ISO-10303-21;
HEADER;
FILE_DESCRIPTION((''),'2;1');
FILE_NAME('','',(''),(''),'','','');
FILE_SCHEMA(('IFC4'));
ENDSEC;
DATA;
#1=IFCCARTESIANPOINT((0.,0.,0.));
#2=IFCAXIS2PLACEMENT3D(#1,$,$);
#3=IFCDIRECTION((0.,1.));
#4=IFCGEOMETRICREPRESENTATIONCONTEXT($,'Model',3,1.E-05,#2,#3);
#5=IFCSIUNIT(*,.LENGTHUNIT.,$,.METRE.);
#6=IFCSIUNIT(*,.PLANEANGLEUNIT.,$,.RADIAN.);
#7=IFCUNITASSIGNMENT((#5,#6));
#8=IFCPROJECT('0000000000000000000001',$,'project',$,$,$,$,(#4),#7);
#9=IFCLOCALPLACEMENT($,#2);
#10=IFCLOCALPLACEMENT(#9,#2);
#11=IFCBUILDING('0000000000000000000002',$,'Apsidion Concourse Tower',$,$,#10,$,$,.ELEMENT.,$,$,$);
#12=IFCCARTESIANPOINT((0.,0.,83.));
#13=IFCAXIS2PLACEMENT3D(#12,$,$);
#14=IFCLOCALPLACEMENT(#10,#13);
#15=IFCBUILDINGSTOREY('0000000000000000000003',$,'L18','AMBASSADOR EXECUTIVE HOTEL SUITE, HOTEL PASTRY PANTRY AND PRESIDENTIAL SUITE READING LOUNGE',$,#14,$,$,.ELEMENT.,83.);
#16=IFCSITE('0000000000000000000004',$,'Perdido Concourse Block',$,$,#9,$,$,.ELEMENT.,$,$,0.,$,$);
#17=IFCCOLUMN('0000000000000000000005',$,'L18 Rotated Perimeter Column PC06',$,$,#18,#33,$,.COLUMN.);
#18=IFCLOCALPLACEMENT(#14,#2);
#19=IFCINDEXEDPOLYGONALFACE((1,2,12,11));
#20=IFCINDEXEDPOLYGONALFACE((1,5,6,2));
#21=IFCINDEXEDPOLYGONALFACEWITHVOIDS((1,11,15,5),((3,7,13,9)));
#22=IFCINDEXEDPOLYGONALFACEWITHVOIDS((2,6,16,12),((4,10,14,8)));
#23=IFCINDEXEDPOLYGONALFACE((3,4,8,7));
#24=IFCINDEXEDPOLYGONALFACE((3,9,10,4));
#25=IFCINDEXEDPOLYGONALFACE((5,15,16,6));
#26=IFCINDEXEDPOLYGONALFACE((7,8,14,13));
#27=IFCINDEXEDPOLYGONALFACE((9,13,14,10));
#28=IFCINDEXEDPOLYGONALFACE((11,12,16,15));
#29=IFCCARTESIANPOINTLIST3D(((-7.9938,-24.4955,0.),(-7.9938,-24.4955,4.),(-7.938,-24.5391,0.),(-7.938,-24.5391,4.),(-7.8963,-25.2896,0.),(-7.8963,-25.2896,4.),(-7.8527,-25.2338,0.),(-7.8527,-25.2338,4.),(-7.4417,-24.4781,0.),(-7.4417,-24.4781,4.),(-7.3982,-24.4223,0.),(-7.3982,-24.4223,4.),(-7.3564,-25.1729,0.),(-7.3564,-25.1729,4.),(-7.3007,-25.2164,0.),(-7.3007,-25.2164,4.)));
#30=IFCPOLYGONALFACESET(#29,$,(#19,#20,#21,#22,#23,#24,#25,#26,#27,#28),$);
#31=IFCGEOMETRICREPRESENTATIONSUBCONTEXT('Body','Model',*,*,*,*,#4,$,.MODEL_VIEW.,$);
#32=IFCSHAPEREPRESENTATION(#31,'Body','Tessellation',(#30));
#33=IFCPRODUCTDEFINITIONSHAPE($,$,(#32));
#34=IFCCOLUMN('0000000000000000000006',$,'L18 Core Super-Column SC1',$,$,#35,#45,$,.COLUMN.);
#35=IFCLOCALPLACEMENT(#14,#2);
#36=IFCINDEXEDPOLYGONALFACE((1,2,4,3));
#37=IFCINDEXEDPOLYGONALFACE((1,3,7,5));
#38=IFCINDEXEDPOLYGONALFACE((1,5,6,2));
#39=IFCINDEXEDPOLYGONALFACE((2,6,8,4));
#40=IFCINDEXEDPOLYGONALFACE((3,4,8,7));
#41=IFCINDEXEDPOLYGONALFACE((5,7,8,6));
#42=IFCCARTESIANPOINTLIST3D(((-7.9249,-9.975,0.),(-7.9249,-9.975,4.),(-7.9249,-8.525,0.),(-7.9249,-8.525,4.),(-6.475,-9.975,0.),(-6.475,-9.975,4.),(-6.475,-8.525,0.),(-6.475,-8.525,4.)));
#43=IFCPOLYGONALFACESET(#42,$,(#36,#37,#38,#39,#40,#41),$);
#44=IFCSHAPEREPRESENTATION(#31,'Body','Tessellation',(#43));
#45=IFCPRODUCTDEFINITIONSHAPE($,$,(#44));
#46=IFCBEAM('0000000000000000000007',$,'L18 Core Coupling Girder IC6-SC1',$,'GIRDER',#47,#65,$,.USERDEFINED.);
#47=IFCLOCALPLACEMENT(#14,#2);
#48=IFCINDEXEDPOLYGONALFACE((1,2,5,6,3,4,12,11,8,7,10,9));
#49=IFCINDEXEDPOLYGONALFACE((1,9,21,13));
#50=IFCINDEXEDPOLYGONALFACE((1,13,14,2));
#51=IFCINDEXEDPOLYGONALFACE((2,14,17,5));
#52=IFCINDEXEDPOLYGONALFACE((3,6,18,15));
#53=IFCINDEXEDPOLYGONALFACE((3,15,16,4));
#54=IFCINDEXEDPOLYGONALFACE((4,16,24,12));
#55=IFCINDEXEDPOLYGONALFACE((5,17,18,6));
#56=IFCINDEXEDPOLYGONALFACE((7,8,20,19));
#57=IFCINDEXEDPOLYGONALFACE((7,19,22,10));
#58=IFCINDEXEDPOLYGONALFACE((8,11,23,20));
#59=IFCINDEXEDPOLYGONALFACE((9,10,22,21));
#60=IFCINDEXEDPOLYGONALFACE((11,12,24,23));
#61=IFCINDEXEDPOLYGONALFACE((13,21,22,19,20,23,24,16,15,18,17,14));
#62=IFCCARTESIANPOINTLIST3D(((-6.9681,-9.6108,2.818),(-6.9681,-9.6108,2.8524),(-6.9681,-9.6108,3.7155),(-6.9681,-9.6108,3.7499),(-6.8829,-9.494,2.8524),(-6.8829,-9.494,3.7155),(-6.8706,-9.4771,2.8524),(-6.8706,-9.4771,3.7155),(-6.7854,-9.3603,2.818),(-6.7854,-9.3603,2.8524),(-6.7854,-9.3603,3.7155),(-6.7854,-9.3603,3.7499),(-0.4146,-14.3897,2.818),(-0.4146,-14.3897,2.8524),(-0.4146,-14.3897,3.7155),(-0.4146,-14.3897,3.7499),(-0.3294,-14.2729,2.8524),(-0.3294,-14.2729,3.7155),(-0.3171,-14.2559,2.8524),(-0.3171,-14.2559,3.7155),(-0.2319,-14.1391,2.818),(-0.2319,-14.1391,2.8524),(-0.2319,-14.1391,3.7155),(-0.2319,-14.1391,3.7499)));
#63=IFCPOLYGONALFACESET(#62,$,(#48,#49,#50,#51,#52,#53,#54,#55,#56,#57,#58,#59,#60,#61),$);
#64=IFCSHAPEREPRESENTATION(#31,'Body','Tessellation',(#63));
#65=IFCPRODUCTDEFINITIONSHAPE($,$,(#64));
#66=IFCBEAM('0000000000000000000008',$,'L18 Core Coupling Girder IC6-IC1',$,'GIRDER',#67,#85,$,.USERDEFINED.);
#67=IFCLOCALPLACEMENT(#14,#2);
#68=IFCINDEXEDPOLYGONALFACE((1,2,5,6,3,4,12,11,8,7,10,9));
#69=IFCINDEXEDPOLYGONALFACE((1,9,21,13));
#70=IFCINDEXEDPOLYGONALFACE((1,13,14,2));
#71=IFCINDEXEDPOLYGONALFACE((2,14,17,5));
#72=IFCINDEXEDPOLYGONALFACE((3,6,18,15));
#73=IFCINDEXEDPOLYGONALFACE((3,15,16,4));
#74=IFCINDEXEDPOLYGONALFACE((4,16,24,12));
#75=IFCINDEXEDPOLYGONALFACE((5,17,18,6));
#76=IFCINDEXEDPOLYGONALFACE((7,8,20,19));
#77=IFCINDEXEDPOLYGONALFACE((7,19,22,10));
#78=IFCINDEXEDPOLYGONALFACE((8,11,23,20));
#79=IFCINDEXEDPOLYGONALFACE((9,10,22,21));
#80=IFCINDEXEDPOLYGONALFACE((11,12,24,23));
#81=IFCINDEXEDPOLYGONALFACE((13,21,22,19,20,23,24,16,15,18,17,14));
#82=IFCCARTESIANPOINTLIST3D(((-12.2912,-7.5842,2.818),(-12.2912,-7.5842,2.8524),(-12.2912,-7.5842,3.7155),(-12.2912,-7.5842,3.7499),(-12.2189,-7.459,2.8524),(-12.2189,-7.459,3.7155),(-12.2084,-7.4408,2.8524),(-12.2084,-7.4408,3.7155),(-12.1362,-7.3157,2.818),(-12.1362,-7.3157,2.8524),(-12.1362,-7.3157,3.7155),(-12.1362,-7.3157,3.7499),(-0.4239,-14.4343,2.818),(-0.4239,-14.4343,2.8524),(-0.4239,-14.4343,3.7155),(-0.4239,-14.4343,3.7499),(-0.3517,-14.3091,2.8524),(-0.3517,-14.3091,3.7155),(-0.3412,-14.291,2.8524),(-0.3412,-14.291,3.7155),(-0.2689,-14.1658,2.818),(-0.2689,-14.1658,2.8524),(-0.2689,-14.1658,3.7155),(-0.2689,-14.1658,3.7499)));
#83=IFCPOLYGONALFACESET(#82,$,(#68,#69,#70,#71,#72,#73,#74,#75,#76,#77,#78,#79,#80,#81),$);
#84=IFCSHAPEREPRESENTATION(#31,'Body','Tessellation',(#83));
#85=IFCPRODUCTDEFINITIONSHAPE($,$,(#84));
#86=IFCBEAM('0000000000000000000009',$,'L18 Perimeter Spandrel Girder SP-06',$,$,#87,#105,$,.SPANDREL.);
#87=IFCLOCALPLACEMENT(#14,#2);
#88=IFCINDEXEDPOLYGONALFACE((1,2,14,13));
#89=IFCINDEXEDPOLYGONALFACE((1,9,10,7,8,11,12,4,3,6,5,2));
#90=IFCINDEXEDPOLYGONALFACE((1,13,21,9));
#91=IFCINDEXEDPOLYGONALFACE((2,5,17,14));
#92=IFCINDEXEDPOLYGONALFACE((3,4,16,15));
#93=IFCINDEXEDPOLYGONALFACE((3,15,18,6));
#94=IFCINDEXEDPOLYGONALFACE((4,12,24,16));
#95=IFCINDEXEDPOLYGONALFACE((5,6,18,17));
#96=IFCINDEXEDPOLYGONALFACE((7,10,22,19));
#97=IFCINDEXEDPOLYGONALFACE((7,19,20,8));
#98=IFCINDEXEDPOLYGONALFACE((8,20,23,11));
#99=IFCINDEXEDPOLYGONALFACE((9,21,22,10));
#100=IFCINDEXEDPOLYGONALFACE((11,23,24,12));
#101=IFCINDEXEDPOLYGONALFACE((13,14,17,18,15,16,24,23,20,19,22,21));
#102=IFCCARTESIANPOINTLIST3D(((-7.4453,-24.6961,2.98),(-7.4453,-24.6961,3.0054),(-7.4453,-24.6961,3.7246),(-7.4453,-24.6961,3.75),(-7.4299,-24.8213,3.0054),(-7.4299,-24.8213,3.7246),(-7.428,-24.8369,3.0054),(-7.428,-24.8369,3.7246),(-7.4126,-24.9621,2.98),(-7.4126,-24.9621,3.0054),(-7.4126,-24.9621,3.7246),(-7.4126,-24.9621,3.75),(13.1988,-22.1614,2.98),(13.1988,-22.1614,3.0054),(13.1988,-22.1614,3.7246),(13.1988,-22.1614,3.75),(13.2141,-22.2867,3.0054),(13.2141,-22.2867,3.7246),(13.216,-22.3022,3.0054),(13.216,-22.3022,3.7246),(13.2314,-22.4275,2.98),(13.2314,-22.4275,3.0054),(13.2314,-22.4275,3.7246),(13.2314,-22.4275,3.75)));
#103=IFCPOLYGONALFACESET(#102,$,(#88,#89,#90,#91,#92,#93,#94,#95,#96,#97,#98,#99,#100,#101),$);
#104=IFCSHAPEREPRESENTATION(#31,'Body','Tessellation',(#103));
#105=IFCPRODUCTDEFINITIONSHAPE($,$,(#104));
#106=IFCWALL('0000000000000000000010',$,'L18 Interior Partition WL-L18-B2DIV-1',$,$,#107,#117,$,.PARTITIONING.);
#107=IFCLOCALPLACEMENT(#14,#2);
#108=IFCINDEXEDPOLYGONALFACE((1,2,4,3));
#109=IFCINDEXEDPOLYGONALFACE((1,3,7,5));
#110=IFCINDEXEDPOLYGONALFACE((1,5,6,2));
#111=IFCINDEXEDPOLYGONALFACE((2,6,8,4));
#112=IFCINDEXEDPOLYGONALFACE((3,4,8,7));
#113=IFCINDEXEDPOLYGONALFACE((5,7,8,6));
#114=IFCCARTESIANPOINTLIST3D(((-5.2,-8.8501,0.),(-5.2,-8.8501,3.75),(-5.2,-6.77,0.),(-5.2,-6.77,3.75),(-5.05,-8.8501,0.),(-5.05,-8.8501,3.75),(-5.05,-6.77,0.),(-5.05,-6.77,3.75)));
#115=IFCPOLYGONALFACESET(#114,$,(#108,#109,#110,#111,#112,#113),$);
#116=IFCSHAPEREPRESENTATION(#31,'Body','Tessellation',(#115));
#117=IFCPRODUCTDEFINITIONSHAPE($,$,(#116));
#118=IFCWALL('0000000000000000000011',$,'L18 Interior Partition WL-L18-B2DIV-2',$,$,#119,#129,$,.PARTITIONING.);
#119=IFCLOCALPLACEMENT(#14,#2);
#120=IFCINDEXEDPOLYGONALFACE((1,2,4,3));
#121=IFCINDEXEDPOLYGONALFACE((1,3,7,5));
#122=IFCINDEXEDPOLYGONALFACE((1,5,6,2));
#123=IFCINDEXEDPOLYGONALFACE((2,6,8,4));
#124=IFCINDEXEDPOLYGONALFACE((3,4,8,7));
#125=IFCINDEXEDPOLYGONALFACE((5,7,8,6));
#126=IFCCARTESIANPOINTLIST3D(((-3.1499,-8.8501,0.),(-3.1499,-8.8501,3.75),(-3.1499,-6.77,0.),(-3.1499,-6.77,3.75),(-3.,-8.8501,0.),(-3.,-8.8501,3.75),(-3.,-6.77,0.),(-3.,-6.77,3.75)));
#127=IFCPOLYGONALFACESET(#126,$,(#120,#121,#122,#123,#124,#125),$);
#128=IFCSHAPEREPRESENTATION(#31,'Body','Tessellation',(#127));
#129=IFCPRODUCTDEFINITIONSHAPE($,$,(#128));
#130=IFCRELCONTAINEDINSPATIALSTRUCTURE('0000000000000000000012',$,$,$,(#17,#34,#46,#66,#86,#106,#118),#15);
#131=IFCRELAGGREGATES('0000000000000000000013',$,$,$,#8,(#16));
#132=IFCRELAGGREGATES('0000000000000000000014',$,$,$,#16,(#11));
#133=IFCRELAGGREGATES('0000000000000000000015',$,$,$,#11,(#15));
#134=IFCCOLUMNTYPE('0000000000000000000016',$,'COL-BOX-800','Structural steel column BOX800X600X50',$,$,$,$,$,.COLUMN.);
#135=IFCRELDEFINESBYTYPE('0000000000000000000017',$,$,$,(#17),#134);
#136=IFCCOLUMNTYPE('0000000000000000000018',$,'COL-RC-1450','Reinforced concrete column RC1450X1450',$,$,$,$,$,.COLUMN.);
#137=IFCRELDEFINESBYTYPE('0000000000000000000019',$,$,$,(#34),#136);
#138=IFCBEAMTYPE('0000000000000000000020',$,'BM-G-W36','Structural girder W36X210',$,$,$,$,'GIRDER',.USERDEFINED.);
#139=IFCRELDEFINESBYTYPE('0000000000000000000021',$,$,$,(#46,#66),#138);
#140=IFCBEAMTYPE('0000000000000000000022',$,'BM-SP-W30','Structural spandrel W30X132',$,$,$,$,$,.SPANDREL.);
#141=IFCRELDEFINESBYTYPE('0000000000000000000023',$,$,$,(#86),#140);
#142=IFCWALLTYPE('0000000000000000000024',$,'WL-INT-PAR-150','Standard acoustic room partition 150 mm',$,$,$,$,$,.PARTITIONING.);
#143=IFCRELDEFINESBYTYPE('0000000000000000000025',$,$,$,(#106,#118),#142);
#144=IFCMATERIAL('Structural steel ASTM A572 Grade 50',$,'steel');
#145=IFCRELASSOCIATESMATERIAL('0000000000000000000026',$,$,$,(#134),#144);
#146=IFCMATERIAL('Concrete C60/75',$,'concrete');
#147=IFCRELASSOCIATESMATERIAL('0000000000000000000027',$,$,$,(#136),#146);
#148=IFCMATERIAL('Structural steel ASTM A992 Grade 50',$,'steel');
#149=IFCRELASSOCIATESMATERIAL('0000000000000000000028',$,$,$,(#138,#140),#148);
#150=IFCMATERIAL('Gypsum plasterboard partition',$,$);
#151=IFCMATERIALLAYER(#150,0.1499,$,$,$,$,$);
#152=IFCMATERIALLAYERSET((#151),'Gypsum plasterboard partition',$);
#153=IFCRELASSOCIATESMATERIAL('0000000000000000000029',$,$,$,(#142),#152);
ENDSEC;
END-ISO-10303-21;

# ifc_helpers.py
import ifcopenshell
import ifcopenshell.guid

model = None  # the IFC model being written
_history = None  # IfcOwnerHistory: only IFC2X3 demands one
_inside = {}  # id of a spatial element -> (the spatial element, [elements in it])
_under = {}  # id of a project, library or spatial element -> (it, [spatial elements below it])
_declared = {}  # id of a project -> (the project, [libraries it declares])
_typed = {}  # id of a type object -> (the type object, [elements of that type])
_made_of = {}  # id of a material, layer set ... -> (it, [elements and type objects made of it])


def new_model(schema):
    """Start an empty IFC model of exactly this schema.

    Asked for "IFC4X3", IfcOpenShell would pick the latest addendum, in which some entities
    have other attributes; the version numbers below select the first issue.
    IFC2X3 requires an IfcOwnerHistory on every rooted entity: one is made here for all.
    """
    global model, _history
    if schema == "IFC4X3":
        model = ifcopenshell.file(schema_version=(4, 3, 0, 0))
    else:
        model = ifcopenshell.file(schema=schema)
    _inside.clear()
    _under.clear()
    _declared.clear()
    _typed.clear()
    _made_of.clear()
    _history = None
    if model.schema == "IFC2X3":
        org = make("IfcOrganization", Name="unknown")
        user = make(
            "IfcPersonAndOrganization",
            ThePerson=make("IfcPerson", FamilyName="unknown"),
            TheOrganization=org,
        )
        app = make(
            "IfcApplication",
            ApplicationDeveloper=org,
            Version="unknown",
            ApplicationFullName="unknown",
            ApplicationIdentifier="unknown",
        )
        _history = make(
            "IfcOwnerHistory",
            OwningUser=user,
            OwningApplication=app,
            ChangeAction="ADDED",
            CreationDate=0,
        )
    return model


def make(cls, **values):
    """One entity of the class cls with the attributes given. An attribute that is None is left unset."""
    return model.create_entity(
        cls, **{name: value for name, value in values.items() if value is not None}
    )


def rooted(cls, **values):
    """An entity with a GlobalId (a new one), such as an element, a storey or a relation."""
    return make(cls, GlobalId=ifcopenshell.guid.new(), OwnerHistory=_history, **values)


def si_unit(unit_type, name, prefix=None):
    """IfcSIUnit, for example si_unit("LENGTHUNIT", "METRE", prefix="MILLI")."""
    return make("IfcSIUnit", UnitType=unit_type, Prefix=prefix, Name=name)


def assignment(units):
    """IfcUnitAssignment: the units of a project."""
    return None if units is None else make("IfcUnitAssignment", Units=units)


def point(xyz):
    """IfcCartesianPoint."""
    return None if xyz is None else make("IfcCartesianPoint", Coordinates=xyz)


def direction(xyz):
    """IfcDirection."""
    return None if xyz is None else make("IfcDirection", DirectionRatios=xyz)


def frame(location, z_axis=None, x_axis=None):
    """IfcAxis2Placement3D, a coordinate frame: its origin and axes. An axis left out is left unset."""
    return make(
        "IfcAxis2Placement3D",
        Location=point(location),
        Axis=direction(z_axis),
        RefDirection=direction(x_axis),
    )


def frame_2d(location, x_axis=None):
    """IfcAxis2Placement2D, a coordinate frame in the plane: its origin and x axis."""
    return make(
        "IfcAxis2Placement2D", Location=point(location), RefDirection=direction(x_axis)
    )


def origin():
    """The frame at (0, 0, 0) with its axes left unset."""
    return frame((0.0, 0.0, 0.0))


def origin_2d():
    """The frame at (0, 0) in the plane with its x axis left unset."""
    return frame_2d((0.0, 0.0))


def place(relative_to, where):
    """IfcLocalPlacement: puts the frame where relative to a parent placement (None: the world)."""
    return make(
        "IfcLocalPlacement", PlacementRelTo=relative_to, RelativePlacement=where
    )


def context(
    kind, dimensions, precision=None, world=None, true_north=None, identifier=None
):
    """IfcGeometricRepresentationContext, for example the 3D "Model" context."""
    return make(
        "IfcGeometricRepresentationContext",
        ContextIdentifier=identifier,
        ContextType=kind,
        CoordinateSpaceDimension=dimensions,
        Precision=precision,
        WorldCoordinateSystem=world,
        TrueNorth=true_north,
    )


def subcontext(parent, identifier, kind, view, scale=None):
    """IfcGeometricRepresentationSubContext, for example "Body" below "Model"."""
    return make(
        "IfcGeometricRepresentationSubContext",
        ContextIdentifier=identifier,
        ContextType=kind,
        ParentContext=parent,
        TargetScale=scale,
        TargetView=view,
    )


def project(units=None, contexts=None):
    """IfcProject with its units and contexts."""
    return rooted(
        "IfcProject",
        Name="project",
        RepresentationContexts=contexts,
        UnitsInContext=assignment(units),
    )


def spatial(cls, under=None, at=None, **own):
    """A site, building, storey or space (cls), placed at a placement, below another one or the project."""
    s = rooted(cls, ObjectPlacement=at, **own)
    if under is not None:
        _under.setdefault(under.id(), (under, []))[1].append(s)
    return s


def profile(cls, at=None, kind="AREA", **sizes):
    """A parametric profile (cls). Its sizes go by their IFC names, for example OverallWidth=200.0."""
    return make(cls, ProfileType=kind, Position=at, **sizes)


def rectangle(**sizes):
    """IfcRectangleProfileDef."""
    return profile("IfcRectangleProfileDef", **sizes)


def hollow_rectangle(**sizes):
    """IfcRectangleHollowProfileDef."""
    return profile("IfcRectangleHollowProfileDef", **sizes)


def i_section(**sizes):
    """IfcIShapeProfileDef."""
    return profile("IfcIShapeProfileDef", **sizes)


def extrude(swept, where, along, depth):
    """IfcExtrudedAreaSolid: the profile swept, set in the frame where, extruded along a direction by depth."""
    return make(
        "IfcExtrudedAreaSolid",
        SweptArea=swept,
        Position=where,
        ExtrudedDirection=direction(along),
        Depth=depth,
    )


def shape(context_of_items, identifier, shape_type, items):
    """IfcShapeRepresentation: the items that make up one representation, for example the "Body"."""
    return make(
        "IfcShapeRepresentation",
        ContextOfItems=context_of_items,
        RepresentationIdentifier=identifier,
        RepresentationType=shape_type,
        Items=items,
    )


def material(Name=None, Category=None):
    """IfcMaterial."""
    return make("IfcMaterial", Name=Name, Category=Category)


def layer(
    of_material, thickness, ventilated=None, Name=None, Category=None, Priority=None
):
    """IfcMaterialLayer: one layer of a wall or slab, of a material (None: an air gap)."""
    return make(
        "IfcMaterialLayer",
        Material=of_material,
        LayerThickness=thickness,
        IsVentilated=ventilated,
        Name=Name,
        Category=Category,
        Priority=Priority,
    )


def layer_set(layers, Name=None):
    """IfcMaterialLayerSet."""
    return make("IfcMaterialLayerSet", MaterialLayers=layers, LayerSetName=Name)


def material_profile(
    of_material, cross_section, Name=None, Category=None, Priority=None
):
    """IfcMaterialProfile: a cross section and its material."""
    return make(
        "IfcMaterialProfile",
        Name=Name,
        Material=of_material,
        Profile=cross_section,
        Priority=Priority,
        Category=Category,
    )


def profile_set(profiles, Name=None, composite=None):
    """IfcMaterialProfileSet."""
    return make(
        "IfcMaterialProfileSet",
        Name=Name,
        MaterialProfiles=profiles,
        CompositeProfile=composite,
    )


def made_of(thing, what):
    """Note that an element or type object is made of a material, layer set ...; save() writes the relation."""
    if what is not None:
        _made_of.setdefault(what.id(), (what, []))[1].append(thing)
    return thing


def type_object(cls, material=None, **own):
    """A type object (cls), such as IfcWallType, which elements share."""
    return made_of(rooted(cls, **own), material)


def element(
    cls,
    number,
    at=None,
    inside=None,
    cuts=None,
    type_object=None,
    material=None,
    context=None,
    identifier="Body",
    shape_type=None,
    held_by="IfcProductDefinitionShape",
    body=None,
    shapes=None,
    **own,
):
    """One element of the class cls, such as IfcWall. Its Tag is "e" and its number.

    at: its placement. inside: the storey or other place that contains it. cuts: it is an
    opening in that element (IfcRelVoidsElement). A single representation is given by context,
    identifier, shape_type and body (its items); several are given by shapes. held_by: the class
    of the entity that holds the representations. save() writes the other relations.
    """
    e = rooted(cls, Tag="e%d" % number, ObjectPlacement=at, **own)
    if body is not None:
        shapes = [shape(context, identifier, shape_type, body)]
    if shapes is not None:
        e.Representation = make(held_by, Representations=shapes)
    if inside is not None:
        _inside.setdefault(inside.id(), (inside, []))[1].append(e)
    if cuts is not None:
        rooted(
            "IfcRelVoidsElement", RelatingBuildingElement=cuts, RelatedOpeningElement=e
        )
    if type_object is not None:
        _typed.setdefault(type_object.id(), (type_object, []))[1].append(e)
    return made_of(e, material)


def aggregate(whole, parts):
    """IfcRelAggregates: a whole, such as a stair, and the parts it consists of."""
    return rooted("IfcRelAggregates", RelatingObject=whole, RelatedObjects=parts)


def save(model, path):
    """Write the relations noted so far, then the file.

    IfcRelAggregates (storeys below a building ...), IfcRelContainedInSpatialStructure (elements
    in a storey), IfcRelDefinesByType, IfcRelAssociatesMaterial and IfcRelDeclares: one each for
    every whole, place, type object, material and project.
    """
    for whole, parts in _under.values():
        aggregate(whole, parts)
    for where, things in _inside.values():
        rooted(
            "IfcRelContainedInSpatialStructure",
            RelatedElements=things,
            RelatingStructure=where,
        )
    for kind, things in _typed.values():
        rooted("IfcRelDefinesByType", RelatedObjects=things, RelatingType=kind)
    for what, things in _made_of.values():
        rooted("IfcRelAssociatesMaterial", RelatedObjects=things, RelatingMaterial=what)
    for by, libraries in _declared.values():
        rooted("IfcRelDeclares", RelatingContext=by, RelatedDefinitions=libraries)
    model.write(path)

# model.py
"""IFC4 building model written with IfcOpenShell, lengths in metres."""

from ifc_helpers import new_model, si_unit, direction, frame, frame_2d, origin, origin_2d, place, context, subcontext, project, spatial, rectangle, hollow_rectangle, i_section, extrude, material, layer, layer_set, material_profile, profile_set, type_object, element, save


model = new_model("IFC4")

# Units and contexts
model_context = context("Model", 3, precision=1e-05, world=origin(), true_north=direction((0.0, 1.0)))
body_context = subcontext(model_context, "Body", "Model", "MODEL_VIEW")
ifc_project = project(units=[si_unit("LENGTHUNIT", "METRE"), si_unit("PLANEANGLEUNIT", "RADIAN")], contexts=[model_context])

# Site, building, storey
site_placement = place(None, origin())
site = spatial("IfcSite", under=ifc_project, at=site_placement, Name="Perdido Concourse Block", CompositionType="ELEMENT", RefElevation=0.0)
building_placement = place(site_placement, origin())
building = spatial("IfcBuilding", under=site, at=building_placement, Name="Apsidion Concourse Tower", CompositionType="ELEMENT")
storey_placement = place(building_placement, frame((0.0, 0.0, 83.0)))
storey = spatial("IfcBuildingStorey", under=building, at=storey_placement, Name="L18", Description="AMBASSADOR EXECUTIVE HOTEL SUITE, HOTEL PASTRY PANTRY AND PRESIDENTIAL SUITE READING LOUNGE", CompositionType="ELEMENT", Elevation=83.0)

# Columns
ifc_material_1 = material(Name="Structural steel ASTM A572 Grade 50", Category="steel")
ifc_material_profile_1 = material_profile(ifc_material_1, hollow_rectangle(XDim=0.6001, YDim=0.8, WallThickness=0.05, at=origin_2d()), Name="BOX800X600X50")
ifc_profile_set_1 = profile_set([ifc_material_profile_1], Name="Structural steel ASTM A572 Grade 50")
column_type_1 = type_object("IfcColumnType", Name="COL-BOX-800", Description="Structural steel column BOX800X600X50", PredefinedType="COLUMN", material=ifc_profile_set_1)
column_1_placement = place(storey_placement, frame((-7.6472, -24.856, 0.0), z_axis=(0.0, 0.0, 1.0), x_axis=(0.992546, 0.121869, 0.0)))
element("IfcColumn", 1, at=column_1_placement, inside=storey, type_object=column_type_1, Name="L18 Rotated Perimeter Column PC06", PredefinedType="COLUMN", context=body_context, shape_type="SweptSolid", body=[
    extrude(hollow_rectangle(XDim=0.6001, YDim=0.8, WallThickness=0.05, at=origin_2d()), origin(), (0.0, 0.0, 1.0), 4.0),
])
ifc_material_2 = material(Name="Concrete C60/75", Category="concrete")
ifc_material_profile_2 = material_profile(ifc_material_2, rectangle(XDim=1.45, YDim=1.45, at=origin_2d()), Name="RC 1450x1450")
ifc_profile_set_2 = profile_set([ifc_material_profile_2], Name="Concrete C60/75")
column_type_2 = type_object("IfcColumnType", Name="COL-RC-1450", Description="Reinforced concrete column RC1450X1450", PredefinedType="COLUMN", material=ifc_profile_set_2)
column_2_placement = place(storey_placement, frame((-7.2, -9.25, 0.0), z_axis=(0.0, 0.0, 1.0), x_axis=(1.0, 0.0, 0.0)))
element("IfcColumn", 2, at=column_2_placement, inside=storey, type_object=column_type_2, Name="L18 Core Super-Column SC1", PredefinedType="COLUMN", context=body_context, shape_type="SweptSolid", body=[
    extrude(rectangle(XDim=1.45, YDim=1.45, at=origin_2d()), origin(), (0.0, 0.0, 1.0), 4.0),
])

# Beams
ifc_material_3 = material(Name="Structural steel ASTM A992 Grade 50", Category="steel")
ifc_material_profile_3 = material_profile(ifc_material_3, i_section(OverallWidth=0.3101, OverallDepth=0.9319, WebThickness=0.021, FlangeThickness=0.0344, at=origin_2d()), Name="W36X210")
ifc_profile_set_3 = profile_set([ifc_material_profile_3], Name="Structural steel ASTM A992 Grade 50")
beam_type_1 = type_object("IfcBeamType", Name="BM-G-W36", Description="Structural girder W36X210", ElementType="GIRDER", PredefinedType="USERDEFINED", material=ifc_profile_set_3)
beam_1_placement = place(storey_placement, frame((-0.3232, -14.2644, 3.2839), z_axis=(-0.807993, 0.589191, 0.0), x_axis=(-0.589191, -0.807993, 0.0)))
element("IfcBeam", 3, at=beam_1_placement, inside=storey, type_object=beam_type_1, Name="L18 Core Coupling Girder IC6-SC1", ObjectType="GIRDER", PredefinedType="USERDEFINED", context=body_context, shape_type="SweptSolid", body=[
    extrude(i_section(OverallWidth=0.3101, OverallDepth=0.9319, WebThickness=0.021, FlangeThickness=0.0344, at=origin_2d()), origin(), (0.0, 0.0, 1.0), 8.1108),
])
beam_2_placement = place(storey_placement, frame((-0.3464, -14.3, 3.2839), z_axis=(-0.86607, 0.499922, 0.0), x_axis=(-0.499922, -0.86607, 0.0)))
element("IfcBeam", 4, at=beam_2_placement, inside=storey, type_object=beam_type_1, Name="L18 Core Coupling Girder IC6-IC1", ObjectType="GIRDER", PredefinedType="USERDEFINED", context=body_context, shape_type="SweptSolid", body=[
    extrude(i_section(OverallWidth=0.3101, OverallDepth=0.9319, WebThickness=0.021, FlangeThickness=0.0344, at=origin_2d()), origin(), (0.0, 0.0, 1.0), 13.7024),
])
ifc_material_profile_4 = material_profile(ifc_material_3, i_section(OverallWidth=0.2681, OverallDepth=0.77, WebThickness=0.0156, FlangeThickness=0.0254, at=origin_2d()), Name="W30X132")
ifc_profile_set_4 = profile_set([ifc_material_profile_4], Name="Structural steel ASTM A992 Grade 50")
beam_type_2 = type_object("IfcBeamType", Name="BM-SP-W30", Description="Structural spandrel W30X132", PredefinedType="SPANDREL", material=ifc_profile_set_4)
beam_3_placement = place(storey_placement, frame((-7.429, -24.8291, 3.365), z_axis=(0.992547, 0.121865, 0.0), x_axis=(-0.121865, 0.992547, 0.0)))
element("IfcBeam", 5, at=beam_3_placement, inside=storey, type_object=beam_type_2, Name="L18 Perimeter Spandrel Girder SP-06", PredefinedType="SPANDREL", context=body_context, shape_type="SweptSolid", body=[
    extrude(i_section(OverallWidth=0.2681, OverallDepth=0.77, WebThickness=0.0156, FlangeThickness=0.0254, at=origin_2d()), origin(), (0.0, 0.0, 1.0), 20.7991),
])

# Walls
ifc_material_4 = material(Name="Gypsum plasterboard partition")
ifc_layer_1 = layer(ifc_material_4, 0.1499)
ifc_layer_set_1 = layer_set([ifc_layer_1], Name="Gypsum plasterboard partition")
wall_type_1 = type_object("IfcWallType", Name="WL-INT-PAR-150", Description="Standard acoustic room partition 150 mm", PredefinedType="PARTITIONING", material=ifc_layer_set_1)
for number, where, z_axis, x_axis, name in (
    (6, (-5.125, -8.8501, 0.0), (0.0, 0.0, 1.0), (0.0, 1.0, 0.0), "L18 Interior Partition WL-L18-B2DIV-1"),
    (7, (-3.075, -8.8501, 0.0), (0.0, 0.0, 1.0), (0.0, 1.0, 0.0), "L18 Interior Partition WL-L18-B2DIV-2"),
):
    element("IfcWall", number, at=place(storey_placement, frame(where, z_axis=z_axis, x_axis=x_axis)), inside=storey, type_object=wall_type_1, Name=name, PredefinedType="PARTITIONING", context=body_context, shape_type="SweptSolid", body=[
        extrude(rectangle(XDim=2.0801, YDim=0.1499, at=frame_2d((1.04, 0.0))), origin(), (0.0, 0.0, 1.0), 3.75),
    ])

save(model, "model.ifc")
